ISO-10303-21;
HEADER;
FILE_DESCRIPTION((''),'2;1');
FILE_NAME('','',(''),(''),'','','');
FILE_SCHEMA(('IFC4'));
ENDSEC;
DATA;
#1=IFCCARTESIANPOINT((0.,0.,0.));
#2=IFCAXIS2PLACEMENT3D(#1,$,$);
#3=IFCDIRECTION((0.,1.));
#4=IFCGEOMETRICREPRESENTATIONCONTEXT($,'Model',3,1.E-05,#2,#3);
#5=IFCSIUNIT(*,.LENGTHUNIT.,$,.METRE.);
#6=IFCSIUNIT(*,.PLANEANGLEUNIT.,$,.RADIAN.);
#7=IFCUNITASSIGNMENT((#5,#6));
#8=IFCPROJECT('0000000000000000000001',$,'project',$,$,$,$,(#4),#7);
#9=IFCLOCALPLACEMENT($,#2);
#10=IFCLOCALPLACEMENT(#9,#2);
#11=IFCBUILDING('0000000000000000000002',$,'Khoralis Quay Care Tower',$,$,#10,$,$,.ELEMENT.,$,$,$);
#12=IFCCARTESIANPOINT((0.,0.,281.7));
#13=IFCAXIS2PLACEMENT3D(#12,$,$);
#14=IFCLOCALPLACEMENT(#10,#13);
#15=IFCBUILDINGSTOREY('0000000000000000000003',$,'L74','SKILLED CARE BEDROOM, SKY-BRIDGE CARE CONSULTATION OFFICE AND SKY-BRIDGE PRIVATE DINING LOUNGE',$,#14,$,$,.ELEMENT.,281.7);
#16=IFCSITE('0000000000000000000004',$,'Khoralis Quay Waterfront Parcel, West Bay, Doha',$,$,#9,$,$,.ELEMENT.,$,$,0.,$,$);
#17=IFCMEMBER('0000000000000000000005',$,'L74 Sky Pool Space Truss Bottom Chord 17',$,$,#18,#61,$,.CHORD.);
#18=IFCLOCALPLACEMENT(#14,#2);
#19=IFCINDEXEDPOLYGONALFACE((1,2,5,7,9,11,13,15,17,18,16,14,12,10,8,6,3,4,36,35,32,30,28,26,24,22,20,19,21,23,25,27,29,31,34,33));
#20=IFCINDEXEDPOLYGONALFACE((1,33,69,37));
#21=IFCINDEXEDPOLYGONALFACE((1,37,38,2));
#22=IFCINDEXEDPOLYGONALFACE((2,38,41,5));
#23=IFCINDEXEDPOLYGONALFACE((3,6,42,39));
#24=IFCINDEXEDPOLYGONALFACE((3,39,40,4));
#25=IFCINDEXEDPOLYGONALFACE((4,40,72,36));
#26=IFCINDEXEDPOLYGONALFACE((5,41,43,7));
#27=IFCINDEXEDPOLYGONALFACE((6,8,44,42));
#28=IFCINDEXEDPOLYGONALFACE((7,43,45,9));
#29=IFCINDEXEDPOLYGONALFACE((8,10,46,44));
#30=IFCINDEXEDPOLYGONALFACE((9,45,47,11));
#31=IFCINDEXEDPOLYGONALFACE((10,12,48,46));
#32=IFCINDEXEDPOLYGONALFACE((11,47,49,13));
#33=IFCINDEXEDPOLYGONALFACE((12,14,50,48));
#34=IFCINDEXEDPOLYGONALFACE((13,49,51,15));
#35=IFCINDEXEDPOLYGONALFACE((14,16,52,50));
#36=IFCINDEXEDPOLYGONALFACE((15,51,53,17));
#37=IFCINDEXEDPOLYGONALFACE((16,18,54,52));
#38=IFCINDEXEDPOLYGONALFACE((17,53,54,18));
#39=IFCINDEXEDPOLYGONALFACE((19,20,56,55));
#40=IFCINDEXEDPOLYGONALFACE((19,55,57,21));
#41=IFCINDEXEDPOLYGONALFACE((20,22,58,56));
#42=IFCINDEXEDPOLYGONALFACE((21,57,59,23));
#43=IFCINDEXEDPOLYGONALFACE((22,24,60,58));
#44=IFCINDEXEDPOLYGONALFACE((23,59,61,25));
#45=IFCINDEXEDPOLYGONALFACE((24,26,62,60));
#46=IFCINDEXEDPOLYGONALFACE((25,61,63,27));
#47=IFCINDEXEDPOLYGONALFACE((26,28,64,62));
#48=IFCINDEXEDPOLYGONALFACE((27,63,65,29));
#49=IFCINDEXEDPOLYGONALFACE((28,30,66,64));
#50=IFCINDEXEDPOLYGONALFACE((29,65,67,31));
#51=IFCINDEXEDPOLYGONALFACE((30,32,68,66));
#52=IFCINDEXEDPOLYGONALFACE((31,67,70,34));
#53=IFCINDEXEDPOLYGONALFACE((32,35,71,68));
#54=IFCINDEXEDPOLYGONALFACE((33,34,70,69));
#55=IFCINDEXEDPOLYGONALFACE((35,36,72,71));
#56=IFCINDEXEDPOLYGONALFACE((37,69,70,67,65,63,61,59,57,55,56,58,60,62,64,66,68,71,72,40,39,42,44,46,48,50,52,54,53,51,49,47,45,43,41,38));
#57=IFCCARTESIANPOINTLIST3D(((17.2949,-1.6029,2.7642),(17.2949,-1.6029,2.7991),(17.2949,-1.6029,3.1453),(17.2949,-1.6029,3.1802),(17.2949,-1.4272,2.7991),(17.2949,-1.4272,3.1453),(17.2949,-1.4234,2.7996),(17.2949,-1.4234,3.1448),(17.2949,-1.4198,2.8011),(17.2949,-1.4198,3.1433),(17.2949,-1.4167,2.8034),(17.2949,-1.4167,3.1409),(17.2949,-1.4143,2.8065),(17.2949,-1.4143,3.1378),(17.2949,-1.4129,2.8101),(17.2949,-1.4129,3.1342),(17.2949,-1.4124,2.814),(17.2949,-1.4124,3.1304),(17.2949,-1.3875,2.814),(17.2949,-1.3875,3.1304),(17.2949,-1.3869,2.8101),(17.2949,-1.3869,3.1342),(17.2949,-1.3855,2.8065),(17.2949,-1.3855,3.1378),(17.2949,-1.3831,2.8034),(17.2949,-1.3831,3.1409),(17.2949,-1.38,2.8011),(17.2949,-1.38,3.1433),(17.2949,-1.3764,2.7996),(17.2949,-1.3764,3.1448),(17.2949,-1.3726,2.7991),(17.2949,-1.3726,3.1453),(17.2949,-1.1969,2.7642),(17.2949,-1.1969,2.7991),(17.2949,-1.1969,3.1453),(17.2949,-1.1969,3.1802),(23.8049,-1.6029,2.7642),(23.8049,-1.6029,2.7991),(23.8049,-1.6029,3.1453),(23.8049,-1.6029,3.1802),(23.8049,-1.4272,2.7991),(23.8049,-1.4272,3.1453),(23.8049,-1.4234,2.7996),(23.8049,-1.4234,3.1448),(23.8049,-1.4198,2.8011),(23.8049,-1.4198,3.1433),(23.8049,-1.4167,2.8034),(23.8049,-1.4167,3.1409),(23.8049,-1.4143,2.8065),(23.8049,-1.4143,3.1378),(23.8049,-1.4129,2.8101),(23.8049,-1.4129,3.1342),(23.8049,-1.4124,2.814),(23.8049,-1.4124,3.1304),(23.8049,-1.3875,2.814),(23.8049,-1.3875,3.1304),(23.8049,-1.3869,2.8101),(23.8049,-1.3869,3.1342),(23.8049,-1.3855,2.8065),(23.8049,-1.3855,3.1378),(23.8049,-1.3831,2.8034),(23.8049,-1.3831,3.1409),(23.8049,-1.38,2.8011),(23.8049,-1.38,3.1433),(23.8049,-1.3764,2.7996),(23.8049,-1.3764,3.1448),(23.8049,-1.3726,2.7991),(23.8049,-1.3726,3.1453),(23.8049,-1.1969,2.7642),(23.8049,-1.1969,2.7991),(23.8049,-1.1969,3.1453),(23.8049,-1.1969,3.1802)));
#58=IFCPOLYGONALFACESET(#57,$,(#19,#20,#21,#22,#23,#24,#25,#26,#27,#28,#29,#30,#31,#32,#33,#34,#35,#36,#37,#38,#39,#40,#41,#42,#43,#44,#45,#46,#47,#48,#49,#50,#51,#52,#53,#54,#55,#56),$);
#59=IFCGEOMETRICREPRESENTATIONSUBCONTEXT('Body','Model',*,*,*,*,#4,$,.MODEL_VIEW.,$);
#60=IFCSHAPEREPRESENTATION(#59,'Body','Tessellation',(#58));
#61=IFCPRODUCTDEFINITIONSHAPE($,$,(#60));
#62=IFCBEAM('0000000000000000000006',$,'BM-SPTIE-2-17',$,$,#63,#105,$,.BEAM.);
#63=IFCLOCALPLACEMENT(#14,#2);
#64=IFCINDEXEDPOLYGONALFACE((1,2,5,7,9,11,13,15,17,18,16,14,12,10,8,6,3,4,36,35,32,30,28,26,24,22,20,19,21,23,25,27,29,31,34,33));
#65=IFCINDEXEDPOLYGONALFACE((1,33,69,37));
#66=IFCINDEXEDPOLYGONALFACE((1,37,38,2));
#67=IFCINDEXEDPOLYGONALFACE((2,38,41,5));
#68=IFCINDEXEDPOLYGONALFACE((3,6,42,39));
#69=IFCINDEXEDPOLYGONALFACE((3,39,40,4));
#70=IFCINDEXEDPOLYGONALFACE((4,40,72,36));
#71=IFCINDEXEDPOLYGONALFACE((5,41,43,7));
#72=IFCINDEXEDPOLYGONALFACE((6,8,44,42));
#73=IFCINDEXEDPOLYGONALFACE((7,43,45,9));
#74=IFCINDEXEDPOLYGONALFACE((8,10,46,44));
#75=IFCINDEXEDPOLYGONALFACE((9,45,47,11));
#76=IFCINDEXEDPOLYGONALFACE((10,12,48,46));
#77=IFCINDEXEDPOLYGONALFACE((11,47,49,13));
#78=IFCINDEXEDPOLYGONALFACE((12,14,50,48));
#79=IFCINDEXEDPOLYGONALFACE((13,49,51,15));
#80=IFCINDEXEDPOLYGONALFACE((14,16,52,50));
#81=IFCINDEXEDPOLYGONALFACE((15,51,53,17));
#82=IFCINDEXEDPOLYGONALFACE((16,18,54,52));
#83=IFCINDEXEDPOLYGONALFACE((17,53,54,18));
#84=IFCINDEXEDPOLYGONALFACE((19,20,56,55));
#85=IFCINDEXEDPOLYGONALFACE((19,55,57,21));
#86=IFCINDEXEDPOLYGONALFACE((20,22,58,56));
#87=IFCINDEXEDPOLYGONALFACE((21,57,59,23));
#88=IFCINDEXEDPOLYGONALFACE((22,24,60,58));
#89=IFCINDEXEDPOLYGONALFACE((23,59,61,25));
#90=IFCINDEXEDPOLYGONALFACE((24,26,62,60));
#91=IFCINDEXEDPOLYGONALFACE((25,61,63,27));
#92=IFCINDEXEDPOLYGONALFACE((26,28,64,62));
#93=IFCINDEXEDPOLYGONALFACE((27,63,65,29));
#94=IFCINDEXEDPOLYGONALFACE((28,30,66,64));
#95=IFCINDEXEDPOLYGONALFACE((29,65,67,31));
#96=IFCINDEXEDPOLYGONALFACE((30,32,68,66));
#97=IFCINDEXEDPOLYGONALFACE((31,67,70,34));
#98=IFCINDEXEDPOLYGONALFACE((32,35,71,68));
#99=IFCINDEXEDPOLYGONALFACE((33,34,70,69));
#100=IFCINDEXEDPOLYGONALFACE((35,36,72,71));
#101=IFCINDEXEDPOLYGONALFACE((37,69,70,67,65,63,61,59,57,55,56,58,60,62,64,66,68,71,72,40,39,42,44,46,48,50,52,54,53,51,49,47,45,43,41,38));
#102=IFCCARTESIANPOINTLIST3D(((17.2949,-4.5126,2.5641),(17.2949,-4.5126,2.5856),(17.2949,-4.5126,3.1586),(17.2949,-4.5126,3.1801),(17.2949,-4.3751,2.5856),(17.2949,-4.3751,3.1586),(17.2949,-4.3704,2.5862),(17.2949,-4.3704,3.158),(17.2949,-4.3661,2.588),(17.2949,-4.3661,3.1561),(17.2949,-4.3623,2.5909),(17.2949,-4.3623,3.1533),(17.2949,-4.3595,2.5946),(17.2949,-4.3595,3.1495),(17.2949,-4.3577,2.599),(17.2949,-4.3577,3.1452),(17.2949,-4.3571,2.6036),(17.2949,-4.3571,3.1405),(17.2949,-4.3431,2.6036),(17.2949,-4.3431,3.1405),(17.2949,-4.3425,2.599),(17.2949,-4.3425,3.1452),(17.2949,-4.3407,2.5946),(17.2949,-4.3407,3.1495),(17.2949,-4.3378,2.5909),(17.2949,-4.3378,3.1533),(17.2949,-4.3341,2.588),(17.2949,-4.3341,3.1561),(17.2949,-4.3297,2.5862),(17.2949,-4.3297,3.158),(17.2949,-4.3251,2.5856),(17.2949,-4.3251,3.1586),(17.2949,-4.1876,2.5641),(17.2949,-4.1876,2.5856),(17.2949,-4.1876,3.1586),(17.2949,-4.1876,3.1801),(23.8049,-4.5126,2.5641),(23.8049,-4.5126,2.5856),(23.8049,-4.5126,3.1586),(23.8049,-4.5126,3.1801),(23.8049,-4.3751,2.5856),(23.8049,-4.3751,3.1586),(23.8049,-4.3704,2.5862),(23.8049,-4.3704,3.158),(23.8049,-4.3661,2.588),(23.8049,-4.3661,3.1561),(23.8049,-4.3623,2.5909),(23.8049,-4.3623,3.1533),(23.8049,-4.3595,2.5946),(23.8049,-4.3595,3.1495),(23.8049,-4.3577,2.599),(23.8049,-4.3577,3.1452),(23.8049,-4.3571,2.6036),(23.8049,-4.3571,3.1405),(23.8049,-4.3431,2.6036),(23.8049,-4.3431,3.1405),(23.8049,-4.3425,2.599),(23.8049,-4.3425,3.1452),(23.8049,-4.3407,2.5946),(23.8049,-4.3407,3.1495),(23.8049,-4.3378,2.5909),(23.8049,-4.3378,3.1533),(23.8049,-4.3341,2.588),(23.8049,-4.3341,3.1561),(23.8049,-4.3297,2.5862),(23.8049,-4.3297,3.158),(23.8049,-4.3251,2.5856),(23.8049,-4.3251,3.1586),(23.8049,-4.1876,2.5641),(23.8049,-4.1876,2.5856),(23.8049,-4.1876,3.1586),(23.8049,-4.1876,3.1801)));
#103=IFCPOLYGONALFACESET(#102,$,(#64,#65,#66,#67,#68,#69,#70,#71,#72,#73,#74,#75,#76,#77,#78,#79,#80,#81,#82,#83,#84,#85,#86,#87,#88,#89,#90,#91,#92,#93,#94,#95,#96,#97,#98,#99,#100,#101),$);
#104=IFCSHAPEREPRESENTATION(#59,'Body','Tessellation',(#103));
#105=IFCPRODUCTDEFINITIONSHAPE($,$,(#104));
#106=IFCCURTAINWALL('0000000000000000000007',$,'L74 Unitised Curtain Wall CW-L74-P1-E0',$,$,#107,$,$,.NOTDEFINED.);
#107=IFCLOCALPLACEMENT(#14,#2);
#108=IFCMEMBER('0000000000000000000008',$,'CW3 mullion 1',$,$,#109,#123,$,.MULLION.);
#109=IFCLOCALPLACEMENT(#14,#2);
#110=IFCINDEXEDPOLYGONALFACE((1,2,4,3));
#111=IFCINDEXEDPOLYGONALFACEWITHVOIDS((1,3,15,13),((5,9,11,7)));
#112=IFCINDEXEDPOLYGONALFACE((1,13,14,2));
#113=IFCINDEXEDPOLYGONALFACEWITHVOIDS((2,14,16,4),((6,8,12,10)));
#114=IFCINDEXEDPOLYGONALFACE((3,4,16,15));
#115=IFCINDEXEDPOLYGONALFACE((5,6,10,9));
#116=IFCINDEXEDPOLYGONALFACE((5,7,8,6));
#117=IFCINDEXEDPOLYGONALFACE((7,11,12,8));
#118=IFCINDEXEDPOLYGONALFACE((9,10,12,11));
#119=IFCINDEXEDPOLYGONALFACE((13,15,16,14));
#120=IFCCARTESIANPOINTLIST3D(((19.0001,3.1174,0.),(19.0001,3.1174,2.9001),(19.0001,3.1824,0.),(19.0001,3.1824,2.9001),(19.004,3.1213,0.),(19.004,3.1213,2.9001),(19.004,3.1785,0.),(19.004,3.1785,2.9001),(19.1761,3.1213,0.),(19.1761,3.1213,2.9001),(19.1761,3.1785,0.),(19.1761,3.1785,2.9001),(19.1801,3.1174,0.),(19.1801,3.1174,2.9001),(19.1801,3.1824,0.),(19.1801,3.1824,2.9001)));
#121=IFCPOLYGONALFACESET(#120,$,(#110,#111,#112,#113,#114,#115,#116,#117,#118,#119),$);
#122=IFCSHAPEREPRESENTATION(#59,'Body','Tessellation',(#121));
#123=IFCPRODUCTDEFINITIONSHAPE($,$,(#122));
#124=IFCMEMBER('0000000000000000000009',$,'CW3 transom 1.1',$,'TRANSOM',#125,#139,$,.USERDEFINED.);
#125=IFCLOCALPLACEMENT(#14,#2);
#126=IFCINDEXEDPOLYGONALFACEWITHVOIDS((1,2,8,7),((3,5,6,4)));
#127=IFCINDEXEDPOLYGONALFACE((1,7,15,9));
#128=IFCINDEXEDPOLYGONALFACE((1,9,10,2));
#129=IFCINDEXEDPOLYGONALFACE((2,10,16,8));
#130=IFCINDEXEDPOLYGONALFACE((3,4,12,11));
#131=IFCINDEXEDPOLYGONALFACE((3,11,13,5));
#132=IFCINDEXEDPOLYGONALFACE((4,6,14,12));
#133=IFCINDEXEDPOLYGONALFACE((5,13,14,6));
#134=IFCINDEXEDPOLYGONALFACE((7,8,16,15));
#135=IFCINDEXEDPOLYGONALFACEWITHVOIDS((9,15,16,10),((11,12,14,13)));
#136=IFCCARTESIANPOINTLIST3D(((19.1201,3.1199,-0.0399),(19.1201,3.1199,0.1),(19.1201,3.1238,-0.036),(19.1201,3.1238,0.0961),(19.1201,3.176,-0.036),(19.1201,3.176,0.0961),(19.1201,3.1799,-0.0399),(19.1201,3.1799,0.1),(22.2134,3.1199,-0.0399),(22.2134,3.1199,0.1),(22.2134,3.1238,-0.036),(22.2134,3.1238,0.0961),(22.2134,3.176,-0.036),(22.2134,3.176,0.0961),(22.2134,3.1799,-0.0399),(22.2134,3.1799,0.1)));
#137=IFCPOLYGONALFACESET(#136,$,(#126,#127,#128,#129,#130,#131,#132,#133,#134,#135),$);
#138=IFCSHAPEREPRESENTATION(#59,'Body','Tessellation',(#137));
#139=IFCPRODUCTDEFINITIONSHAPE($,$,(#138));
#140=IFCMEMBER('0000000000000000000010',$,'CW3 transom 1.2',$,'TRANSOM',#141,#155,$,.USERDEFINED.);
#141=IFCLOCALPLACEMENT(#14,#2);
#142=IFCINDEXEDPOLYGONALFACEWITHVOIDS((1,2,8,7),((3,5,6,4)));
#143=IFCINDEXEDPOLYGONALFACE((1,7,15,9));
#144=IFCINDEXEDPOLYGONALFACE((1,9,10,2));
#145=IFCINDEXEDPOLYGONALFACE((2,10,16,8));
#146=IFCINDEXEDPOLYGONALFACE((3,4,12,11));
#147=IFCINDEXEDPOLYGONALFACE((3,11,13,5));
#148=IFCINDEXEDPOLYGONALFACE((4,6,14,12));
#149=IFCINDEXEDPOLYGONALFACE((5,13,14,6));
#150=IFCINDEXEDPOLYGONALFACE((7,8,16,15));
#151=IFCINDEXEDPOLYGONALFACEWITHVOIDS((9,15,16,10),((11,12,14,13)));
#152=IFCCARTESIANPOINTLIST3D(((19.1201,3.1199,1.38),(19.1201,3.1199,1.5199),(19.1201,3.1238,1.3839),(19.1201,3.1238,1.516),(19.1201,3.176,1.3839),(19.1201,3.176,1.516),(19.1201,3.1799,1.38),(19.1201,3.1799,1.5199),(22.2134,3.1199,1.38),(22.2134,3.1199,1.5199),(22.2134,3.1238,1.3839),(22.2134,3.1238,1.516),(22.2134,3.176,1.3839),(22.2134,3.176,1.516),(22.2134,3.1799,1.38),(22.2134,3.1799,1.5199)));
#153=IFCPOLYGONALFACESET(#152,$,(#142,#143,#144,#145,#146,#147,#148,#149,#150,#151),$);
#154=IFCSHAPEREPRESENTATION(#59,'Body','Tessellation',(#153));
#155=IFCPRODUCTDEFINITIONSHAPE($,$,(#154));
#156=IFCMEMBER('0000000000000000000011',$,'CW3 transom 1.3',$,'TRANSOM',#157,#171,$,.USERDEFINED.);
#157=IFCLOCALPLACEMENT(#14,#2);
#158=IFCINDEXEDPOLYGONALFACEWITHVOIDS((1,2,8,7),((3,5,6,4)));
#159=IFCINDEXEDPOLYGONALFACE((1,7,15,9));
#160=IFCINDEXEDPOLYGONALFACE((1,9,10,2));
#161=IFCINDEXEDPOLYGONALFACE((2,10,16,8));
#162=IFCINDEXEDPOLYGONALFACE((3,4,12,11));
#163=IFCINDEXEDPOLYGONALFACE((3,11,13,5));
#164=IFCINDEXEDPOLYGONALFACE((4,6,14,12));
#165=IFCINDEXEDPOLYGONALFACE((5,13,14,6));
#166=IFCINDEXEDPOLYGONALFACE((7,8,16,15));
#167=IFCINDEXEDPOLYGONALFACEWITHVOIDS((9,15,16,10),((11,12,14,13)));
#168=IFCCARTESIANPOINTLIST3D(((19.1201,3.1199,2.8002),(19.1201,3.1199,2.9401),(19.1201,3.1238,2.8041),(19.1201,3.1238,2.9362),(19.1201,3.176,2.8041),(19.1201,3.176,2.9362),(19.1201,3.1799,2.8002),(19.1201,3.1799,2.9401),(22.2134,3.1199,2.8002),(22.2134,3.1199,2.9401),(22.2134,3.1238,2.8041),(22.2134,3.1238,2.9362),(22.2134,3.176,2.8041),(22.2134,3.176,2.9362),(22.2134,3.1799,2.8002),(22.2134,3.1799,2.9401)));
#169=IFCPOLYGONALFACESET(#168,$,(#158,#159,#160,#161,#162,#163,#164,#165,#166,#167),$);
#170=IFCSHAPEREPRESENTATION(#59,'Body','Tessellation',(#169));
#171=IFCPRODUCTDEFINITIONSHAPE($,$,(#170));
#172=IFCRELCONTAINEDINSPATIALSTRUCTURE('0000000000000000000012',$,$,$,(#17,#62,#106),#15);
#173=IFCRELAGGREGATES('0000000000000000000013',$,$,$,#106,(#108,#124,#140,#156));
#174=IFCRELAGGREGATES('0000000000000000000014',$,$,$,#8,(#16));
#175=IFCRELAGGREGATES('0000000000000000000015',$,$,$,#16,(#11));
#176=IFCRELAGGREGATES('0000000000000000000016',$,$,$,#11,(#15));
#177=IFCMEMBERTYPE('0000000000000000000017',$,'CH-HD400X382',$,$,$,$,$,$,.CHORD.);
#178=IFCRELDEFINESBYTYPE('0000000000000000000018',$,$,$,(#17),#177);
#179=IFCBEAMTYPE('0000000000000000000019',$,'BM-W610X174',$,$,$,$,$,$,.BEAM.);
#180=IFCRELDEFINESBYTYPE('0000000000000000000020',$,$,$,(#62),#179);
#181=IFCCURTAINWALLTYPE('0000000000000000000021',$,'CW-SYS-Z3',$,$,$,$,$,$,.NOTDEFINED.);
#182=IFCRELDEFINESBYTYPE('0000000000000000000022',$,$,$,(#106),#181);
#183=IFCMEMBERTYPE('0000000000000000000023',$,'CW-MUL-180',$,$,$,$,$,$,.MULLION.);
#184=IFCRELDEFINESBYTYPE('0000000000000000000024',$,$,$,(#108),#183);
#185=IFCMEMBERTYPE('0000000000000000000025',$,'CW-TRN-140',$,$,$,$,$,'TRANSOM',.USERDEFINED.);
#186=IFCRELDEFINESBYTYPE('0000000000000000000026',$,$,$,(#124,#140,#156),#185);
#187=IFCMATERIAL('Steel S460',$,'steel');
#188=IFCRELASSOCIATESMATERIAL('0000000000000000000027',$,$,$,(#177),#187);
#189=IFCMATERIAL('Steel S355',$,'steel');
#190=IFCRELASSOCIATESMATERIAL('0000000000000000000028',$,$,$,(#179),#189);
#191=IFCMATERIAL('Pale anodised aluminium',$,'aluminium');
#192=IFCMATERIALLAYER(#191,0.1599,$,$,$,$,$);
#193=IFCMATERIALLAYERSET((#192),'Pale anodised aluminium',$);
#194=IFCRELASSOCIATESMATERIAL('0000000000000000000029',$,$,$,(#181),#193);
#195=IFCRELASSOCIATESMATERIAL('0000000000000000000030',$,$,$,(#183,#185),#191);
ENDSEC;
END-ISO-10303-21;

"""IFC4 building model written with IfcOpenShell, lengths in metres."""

from ifc_helpers import new_model, si_unit, direction, frame, origin, origin_2d, place, context, subcontext, project, spatial, hollow_rectangle, i_section, extrude, source, transform, mapped, material, layer, layer_set, material_profile, profile_set, type_object, element, aggregate, save


model = new_model("IFC4")

# Units and contexts
model_context = context("Model", 3, precision=1e-05, world=origin(), true_north=direction((0.0, 1.0)))
body_context = subcontext(model_context, "Body", "Model", "MODEL_VIEW")
ifc_project = project(units=[si_unit("LENGTHUNIT", "METRE"), si_unit("PLANEANGLEUNIT", "RADIAN")], contexts=[model_context])

# Site, building, storey
site_placement = place(None, origin())
site = spatial("IfcSite", under=ifc_project, at=site_placement, Name="Khoralis Quay Waterfront Parcel, West Bay, Doha", CompositionType="ELEMENT", RefElevation=0.0)
building_placement = place(site_placement, origin())
building = spatial("IfcBuilding", under=site, at=building_placement, Name="Khoralis Quay Care Tower", CompositionType="ELEMENT")
storey_placement = place(building_placement, frame((0.0, 0.0, 281.7)))
storey = spatial("IfcBuildingStorey", under=building, at=storey_placement, Name="L74", Description="SKILLED CARE BEDROOM, SKY-BRIDGE CARE CONSULTATION OFFICE AND SKY-BRIDGE PRIVATE DINING LOUNGE", CompositionType="ELEMENT", Elevation=281.7)

# Shared definitions
ifc_material_1 = material(Name="Steel S355", Category="steel")

# Member
ifc_material_2 = material(Name="Steel S460", Category="steel")
ifc_material_profile_1 = material_profile(ifc_material_2, i_section(OverallWidth=0.406, OverallDepth=0.416, WebThickness=0.0249, FlangeThickness=0.0349, FilletRadius=0.0149, at=origin_2d()), Name="Steel S460")
ifc_profile_set_1 = profile_set([ifc_material_profile_1], Name="Steel S460")
member_type_1 = type_object("IfcMemberType", Name="CH-HD400X382", PredefinedType="CHORD", material=ifc_profile_set_1)
shared_shape_1 = source(origin(), body_context, "Body", "SweptSolid", [
    extrude(i_section(OverallWidth=0.406, OverallDepth=0.416, WebThickness=0.0249, FlangeThickness=0.0349, FilletRadius=0.0149, at=origin_2d()), origin(), (0.0, 0.0, 1.0), 6.51),
])
member_1_placement = place(storey_placement, frame((17.2949, -1.3999, 2.9722), z_axis=(1.0, 0.0, 0.0), x_axis=(0.0, 1.0, 0.0)))
element("IfcMember", 1, at=member_1_placement, inside=storey, type_object=member_type_1, Name="L74 Sky Pool Space Truss Bottom Chord 17", PredefinedType="CHORD", context=body_context, shape_type="MappedRepresentation", body=[
    mapped(shared_shape_1, transform((0.0, 0.0, 0.0), scale=1.0)),
])

# Beam
ifc_material_profile_2 = material_profile(ifc_material_1, i_section(OverallWidth=0.325, OverallDepth=0.616, WebThickness=0.0139, FlangeThickness=0.0215, FilletRadius=0.0181, at=origin_2d()), Name="Steel S355")
ifc_profile_set_2 = profile_set([ifc_material_profile_2], Name="Steel S355")
beam_type_1 = type_object("IfcBeamType", Name="BM-W610X174", PredefinedType="BEAM", material=ifc_profile_set_2)
shared_shape_2 = source(origin(), body_context, "Body", "SweptSolid", [
    extrude(i_section(OverallWidth=0.325, OverallDepth=0.616, WebThickness=0.0139, FlangeThickness=0.0215, FilletRadius=0.0181, at=origin_2d()), origin(), (0.0, 0.0, 1.0), 6.51),
])
beam_1_placement = place(storey_placement, frame((17.2949, -4.3501, 2.8721), z_axis=(1.0, 0.0, 0.0), x_axis=(0.0, 1.0, 0.0)))
element("IfcBeam", 2, at=beam_1_placement, inside=storey, type_object=beam_type_1, Name="BM-SPTIE-2-17", PredefinedType="BEAM", context=body_context, shape_type="MappedRepresentation", body=[
    mapped(shared_shape_2, transform((0.0, 0.0, 0.0), scale=1.0)),
])

# Curtain wall, members
ifc_material_3 = material(Name="Pale anodised aluminium", Category="aluminium")
ifc_layer_1 = layer(ifc_material_3, 0.1599)
ifc_layer_set_1 = layer_set([ifc_layer_1], Name="Pale anodised aluminium")
curtain_wall_type = type_object("IfcCurtainWallType", Name="CW-SYS-Z3", PredefinedType="NOTDEFINED", material=ifc_layer_set_1)
curtain_wall_placement = place(storey_placement, origin())
curtain_wall = element("IfcCurtainWall", 3, at=curtain_wall_placement, inside=storey, type_object=curtain_wall_type, Name="L74 Unitised Curtain Wall CW-L74-P1-E0", PredefinedType="NOTDEFINED")
ifc_material_profile_3 = material_profile(ifc_material_3, hollow_rectangle(XDim=0.0649, YDim=0.1799, WallThickness=0.0039, at=origin_2d()), Name="Pale anodised aluminium")
ifc_profile_set_3 = profile_set([ifc_material_profile_3], Name="Pale anodised aluminium")
member_type_2 = type_object("IfcMemberType", Name="CW-MUL-180", PredefinedType="MULLION", material=ifc_profile_set_3)
shared_shape_3 = source(origin(), body_context, "Body", "SweptSolid", [
    extrude(hollow_rectangle(XDim=0.0649, YDim=0.1799, WallThickness=0.0039, at=origin_2d()), origin(), (0.0, 0.0, 1.0), 2.9001),
])
member_2_placement = place(storey_placement, frame((19.0901, 3.1499, 0.0), z_axis=(0.0, 0.0, 1.0), x_axis=(0.0, 1.0, 0.0)))
member_2 = element("IfcMember", 4, at=member_2_placement, type_object=member_type_2, Name="CW3 mullion 1", PredefinedType="MULLION", context=body_context, shape_type="MappedRepresentation", body=[
    mapped(shared_shape_3, transform((0.0, 0.0, 0.0), scale=1.0)),
])
ifc_material_profile_4 = material_profile(ifc_material_3, hollow_rectangle(XDim=0.0601, YDim=0.1399, WallThickness=0.0039, at=origin_2d()), Name="Pale anodised aluminium")
ifc_profile_set_4 = profile_set([ifc_material_profile_4], Name="Pale anodised aluminium")
member_type_3 = type_object("IfcMemberType", Name="CW-TRN-140", ElementType="TRANSOM", PredefinedType="USERDEFINED", material=ifc_profile_set_4)
shared_shape_4 = source(origin(), body_context, "Body", "SweptSolid", [
    extrude(hollow_rectangle(XDim=0.0601, YDim=0.1399, WallThickness=0.0039, at=origin_2d()), origin(), (0.0, 0.0, 1.0), 3.0933),
])
member_3_placement = place(storey_placement, frame((19.1201, 3.1499, 0.03), z_axis=(1.0, 0.0, 0.0), x_axis=(0.0, 1.0, 0.0)))
member_3 = element("IfcMember", 5, at=member_3_placement, type_object=member_type_3, Name="CW3 transom 1.1", ObjectType="TRANSOM", PredefinedType="USERDEFINED", context=body_context, shape_type="MappedRepresentation", body=[
    mapped(shared_shape_4, transform((0.0, 0.0, 0.0), scale=1.0)),
])
member_4_placement = place(storey_placement, frame((19.1201, 3.1499, 1.45), z_axis=(1.0, 0.0, 0.0), x_axis=(0.0, 1.0, 0.0)))
member_4 = element("IfcMember", 6, at=member_4_placement, type_object=member_type_3, Name="CW3 transom 1.2", ObjectType="TRANSOM", PredefinedType="USERDEFINED", context=body_context, shape_type="MappedRepresentation", body=[
    mapped(shared_shape_4, transform((0.0, 0.0, 0.0), scale=1.0)),
])
member_5_placement = place(storey_placement, frame((19.1201, 3.1499, 2.8701), z_axis=(1.0, 0.0, 0.0), x_axis=(0.0, 1.0, 0.0)))
member_5 = element("IfcMember", 7, at=member_5_placement, type_object=member_type_3, Name="CW3 transom 1.3", ObjectType="TRANSOM", PredefinedType="USERDEFINED", context=body_context, shape_type="MappedRepresentation", body=[
    mapped(shared_shape_4, transform((0.0, 0.0, 0.0), scale=1.0)),
])

aggregate(curtain_wall, [member_2, member_3, member_4, member_5])

save(model, "model.ifc")
